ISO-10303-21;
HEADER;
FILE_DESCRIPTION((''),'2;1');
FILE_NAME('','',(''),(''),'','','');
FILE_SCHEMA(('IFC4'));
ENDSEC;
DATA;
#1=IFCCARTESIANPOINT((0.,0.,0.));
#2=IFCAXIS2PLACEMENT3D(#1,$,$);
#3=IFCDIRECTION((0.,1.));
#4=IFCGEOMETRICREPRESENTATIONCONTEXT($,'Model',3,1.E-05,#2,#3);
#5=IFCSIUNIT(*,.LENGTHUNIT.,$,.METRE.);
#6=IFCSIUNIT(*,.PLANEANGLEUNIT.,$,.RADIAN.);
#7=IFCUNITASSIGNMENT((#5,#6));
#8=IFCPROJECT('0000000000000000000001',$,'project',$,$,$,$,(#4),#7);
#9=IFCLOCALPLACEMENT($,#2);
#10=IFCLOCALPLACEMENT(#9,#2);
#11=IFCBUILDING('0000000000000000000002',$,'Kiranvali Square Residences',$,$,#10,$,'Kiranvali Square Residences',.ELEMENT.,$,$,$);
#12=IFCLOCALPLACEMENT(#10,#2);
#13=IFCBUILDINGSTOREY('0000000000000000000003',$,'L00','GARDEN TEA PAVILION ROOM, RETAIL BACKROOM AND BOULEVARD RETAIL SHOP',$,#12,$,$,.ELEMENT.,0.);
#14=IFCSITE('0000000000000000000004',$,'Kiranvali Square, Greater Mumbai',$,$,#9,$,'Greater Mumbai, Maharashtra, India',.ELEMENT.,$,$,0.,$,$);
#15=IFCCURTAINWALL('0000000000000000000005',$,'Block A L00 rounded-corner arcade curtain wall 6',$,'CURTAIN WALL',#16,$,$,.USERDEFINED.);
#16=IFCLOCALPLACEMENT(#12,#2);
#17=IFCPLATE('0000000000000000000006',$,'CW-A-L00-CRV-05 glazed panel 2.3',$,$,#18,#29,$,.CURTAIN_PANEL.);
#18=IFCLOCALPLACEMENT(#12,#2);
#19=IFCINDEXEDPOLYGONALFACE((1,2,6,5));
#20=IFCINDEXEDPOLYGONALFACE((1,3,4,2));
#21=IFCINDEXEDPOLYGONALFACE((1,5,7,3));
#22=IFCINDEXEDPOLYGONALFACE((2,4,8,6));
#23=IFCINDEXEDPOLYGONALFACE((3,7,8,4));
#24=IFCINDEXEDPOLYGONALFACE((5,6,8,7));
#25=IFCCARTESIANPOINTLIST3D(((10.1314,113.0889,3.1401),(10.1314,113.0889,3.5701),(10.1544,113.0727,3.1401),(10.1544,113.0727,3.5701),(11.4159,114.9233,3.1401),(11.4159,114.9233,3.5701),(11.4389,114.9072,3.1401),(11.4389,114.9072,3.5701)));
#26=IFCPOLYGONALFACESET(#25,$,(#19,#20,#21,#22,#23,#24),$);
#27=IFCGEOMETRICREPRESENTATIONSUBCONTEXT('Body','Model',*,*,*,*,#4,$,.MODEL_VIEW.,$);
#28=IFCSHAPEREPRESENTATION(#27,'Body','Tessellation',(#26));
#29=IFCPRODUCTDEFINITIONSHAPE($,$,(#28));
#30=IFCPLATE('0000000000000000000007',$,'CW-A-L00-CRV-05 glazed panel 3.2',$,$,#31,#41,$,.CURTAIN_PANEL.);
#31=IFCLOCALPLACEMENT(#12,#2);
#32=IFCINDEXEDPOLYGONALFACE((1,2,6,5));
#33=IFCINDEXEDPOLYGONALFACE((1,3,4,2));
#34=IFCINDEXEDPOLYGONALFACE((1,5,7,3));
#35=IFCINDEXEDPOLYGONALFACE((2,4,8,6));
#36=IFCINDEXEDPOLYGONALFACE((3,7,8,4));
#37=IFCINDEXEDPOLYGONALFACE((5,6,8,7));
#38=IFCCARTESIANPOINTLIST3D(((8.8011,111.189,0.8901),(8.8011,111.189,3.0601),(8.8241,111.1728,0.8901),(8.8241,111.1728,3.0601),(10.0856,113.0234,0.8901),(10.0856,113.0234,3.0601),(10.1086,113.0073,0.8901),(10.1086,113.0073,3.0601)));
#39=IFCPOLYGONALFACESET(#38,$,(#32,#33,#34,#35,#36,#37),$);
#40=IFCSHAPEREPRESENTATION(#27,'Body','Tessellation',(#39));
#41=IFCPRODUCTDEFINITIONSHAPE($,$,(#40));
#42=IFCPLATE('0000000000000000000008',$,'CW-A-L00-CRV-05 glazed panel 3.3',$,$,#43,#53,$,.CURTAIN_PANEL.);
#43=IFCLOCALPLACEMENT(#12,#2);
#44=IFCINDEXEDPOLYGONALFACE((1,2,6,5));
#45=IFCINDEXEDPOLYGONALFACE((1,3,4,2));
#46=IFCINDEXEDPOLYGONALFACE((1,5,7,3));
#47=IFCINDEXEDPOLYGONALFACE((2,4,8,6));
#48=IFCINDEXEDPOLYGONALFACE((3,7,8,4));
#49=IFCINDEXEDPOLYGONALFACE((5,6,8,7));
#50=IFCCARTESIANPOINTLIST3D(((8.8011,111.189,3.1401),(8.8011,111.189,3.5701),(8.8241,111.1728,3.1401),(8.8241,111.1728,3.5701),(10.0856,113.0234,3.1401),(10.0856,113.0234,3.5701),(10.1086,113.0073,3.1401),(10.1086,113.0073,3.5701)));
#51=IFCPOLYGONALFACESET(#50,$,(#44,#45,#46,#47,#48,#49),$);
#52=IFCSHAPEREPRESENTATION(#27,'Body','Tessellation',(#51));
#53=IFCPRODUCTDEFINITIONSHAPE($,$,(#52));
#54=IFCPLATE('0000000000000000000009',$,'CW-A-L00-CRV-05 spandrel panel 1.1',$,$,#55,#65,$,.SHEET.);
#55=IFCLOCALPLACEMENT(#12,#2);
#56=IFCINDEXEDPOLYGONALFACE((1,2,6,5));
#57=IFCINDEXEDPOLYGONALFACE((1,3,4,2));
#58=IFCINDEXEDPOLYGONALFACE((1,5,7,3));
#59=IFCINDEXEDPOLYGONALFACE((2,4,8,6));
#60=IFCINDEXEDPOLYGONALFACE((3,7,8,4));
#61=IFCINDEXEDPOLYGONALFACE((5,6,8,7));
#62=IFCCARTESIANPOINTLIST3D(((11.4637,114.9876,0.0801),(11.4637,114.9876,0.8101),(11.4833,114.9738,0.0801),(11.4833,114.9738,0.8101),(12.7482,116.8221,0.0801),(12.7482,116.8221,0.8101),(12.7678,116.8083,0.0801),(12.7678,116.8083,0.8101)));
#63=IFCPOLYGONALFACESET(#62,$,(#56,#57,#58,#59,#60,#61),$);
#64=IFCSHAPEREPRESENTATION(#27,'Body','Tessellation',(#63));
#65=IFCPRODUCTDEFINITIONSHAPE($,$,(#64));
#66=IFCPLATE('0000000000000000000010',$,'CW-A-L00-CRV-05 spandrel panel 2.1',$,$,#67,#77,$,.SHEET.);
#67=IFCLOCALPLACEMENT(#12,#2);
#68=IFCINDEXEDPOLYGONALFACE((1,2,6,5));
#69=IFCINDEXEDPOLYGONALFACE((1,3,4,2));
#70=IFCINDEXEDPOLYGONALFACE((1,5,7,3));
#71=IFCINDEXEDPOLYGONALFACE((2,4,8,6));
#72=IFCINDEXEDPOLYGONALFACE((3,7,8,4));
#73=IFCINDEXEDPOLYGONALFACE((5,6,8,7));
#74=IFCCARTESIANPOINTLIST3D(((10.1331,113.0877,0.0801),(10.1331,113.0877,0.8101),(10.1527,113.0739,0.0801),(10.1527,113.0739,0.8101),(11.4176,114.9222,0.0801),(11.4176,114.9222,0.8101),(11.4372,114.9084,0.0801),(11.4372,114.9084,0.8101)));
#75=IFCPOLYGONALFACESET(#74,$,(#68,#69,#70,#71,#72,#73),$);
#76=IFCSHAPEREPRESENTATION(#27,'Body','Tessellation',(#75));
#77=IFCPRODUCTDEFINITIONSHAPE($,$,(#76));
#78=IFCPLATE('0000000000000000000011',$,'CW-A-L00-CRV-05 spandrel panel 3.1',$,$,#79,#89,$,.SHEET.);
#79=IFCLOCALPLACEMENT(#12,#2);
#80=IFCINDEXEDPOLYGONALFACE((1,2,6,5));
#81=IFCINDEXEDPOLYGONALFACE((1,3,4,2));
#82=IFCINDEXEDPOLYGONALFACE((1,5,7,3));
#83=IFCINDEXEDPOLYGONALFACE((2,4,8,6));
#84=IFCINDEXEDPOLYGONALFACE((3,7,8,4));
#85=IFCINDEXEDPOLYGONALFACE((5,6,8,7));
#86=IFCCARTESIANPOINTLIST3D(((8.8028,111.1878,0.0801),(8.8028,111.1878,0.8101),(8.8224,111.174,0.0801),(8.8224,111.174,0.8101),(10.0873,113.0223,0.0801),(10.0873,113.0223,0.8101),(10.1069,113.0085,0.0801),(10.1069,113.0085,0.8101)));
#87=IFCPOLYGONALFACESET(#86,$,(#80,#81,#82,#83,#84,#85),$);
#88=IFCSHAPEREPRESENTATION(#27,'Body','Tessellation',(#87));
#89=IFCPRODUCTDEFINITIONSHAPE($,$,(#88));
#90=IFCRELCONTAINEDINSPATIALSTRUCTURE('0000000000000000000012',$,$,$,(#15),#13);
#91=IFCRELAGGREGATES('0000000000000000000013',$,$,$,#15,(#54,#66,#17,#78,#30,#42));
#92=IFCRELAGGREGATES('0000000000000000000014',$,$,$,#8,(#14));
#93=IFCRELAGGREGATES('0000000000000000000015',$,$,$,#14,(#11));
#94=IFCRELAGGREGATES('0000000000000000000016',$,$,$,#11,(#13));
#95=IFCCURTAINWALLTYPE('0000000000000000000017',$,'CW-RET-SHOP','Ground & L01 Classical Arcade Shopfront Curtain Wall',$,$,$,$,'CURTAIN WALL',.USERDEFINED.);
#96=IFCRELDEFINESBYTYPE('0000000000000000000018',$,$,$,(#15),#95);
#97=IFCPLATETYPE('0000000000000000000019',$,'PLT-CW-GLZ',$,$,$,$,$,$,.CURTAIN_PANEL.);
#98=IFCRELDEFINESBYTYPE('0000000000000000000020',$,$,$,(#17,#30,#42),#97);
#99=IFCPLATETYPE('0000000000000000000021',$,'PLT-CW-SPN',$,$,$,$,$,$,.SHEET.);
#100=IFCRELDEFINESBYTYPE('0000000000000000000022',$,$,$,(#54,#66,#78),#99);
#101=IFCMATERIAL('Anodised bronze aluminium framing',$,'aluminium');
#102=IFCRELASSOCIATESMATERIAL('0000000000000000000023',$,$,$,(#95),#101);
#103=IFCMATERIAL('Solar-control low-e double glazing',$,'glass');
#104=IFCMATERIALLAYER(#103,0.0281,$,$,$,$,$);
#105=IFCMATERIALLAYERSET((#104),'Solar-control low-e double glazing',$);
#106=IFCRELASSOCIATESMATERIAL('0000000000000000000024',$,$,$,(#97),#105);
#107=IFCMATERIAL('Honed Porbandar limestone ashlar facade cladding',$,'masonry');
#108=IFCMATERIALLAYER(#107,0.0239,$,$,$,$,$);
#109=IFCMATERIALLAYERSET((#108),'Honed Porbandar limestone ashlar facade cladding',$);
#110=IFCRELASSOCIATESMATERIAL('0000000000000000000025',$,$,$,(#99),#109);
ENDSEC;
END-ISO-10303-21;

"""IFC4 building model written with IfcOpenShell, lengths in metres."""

from ifc_helpers import new_model, si_unit, direction, frame, origin, origin_2d, place, context, subcontext, project, spatial, rectangle, extrude, material, layer, layer_set, type_object, element, aggregate, save


model = new_model("IFC4")

# Units and contexts
model_context = context("Model", 3, precision=1e-05, world=origin(), true_north=direction((0.0, 1.0)))
body_context = subcontext(model_context, "Body", "Model", "MODEL_VIEW")
ifc_project = project(units=[si_unit("LENGTHUNIT", "METRE"), si_unit("PLANEANGLEUNIT", "RADIAN")], contexts=[model_context])

# Site, building, storey
site_placement = place(None, origin())
site = spatial("IfcSite", under=ifc_project, at=site_placement, Name="Kiranvali Square, Greater Mumbai", LongName="Greater Mumbai, Maharashtra, India", CompositionType="ELEMENT", RefElevation=0.0)
building_placement = place(site_placement, origin())
building = spatial("IfcBuilding", under=site, at=building_placement, Name="Kiranvali Square Residences", LongName="Kiranvali Square Residences", CompositionType="ELEMENT")
storey_placement = place(building_placement, origin())
storey = spatial("IfcBuildingStorey", under=building, at=storey_placement, Name="L00", Description="GARDEN TEA PAVILION ROOM, RETAIL BACKROOM AND BOULEVARD RETAIL SHOP", CompositionType="ELEMENT", Elevation=0.0)

# Shared definitions
ifc_material_1 = material(Name="Anodised bronze aluminium framing", Category="aluminium")
curtain_wall_type = type_object("IfcCurtainWallType", Name="CW-RET-SHOP", Description="Ground & L01 Classical Arcade Shopfront Curtain Wall", ElementType="CURTAIN WALL", PredefinedType="USERDEFINED", material=ifc_material_1)

# Curtain wall
curtain_wall_1_placement = place(storey_placement, origin())
curtain_wall_1 = element("IfcCurtainWall", 1, at=curtain_wall_1_placement, inside=storey, type_object=curtain_wall_type, Name="Block A L00 rounded-corner arcade curtain wall 6", ObjectType="CURTAIN WALL", PredefinedType="USERDEFINED")

# Plates
ifc_material_2 = material(Name="Solar-control low-e double glazing", Category="glass")
ifc_layer_1 = layer(ifc_material_2, 0.0281)
ifc_layer_set_1 = layer_set([ifc_layer_1], Name="Solar-control low-e double glazing")
plate_type_1 = type_object("IfcPlateType", Name="PLT-CW-GLZ", PredefinedType="CURTAIN_PANEL", material=ifc_layer_set_1)
plate_1_placement = place(storey_placement, frame((10.7852, 113.998, 3.1401), z_axis=(0.0, 0.0, 1.0), x_axis=(-0.573576, -0.819152, 0.0)))
plate_1 = element("IfcPlate", 2, at=plate_1_placement, type_object=plate_type_1, Name="CW-A-L00-CRV-05 glazed panel 2.3", PredefinedType="CURTAIN_PANEL", context=body_context, shape_type="SweptSolid", body=[
    extrude(rectangle(XDim=2.2395, YDim=0.0281, at=origin_2d()), origin(), (0.0, 0.0, 1.0), 0.4299),
])
plate_2_placement = place(storey_placement, frame((9.4548, 112.0981, 0.8901), z_axis=(0.0, 0.0, 1.0), x_axis=(-0.573576, -0.819152, 0.0)))
plate_2 = element("IfcPlate", 3, at=plate_2_placement, type_object=plate_type_1, Name="CW-A-L00-CRV-05 glazed panel 3.2", PredefinedType="CURTAIN_PANEL", context=body_context, shape_type="SweptSolid", body=[
    extrude(rectangle(XDim=2.2395, YDim=0.0281, at=origin_2d()), origin(), (0.0, 0.0, 1.0), 2.1699),
])
plate_3_placement = place(storey_placement, frame((9.4548, 112.0981, 3.1401), z_axis=(0.0, 0.0, 1.0), x_axis=(-0.573576, -0.819152, 0.0)))
plate_3 = element("IfcPlate", 4, at=plate_3_placement, type_object=plate_type_1, Name="CW-A-L00-CRV-05 glazed panel 3.3", PredefinedType="CURTAIN_PANEL", context=body_context, shape_type="SweptSolid", body=[
    extrude(rectangle(XDim=2.2395, YDim=0.0281, at=origin_2d()), origin(), (0.0, 0.0, 1.0), 0.4299),
])
ifc_material_3 = material(Name="Honed Porbandar limestone ashlar facade cladding", Category="masonry")
ifc_layer_2 = layer(ifc_material_3, 0.0239)
ifc_layer_set_2 = layer_set([ifc_layer_2], Name="Honed Porbandar limestone ashlar facade cladding")
plate_type_2 = type_object("IfcPlateType", Name="PLT-CW-SPN", PredefinedType="SHEET", material=ifc_layer_set_2)
plate_4_placement = place(storey_placement, frame((12.1157, 115.8979, 0.0801), z_axis=(0.0, 0.0, 1.0), x_axis=(-0.573576, -0.819152, 0.0)))
plate_4 = element("IfcPlate", 5, at=plate_4_placement, type_object=plate_type_2, Name="CW-A-L00-CRV-05 spandrel panel 1.1", PredefinedType="SHEET", context=body_context, shape_type="SweptSolid", body=[
    extrude(rectangle(XDim=2.2395, YDim=0.0239, at=origin_2d()), origin(), (0.0, 0.0, 1.0), 0.73),
])
plate_5_placement = place(storey_placement, frame((10.7852, 113.998, 0.0801), z_axis=(0.0, 0.0, 1.0), x_axis=(-0.573576, -0.819152, 0.0)))
plate_5 = element("IfcPlate", 6, at=plate_5_placement, type_object=plate_type_2, Name="CW-A-L00-CRV-05 spandrel panel 2.1", PredefinedType="SHEET", context=body_context, shape_type="SweptSolid", body=[
    extrude(rectangle(XDim=2.2395, YDim=0.0239, at=origin_2d()), origin(), (0.0, 0.0, 1.0), 0.73),
])
plate_6_placement = place(storey_placement, frame((9.4548, 112.0981, 0.0801), z_axis=(0.0, 0.0, 1.0), x_axis=(-0.573576, -0.819152, 0.0)))
plate_6 = element("IfcPlate", 7, at=plate_6_placement, type_object=plate_type_2, Name="CW-A-L00-CRV-05 spandrel panel 3.1", PredefinedType="SHEET", context=body_context, shape_type="SweptSolid", body=[
    extrude(rectangle(XDim=2.2395, YDim=0.0239, at=origin_2d()), origin(), (0.0, 0.0, 1.0), 0.73),
])
aggregate(curtain_wall_1, [plate_4, plate_5, plate_1, plate_6, plate_2, plate_3])

save(model, "model.ifc")
